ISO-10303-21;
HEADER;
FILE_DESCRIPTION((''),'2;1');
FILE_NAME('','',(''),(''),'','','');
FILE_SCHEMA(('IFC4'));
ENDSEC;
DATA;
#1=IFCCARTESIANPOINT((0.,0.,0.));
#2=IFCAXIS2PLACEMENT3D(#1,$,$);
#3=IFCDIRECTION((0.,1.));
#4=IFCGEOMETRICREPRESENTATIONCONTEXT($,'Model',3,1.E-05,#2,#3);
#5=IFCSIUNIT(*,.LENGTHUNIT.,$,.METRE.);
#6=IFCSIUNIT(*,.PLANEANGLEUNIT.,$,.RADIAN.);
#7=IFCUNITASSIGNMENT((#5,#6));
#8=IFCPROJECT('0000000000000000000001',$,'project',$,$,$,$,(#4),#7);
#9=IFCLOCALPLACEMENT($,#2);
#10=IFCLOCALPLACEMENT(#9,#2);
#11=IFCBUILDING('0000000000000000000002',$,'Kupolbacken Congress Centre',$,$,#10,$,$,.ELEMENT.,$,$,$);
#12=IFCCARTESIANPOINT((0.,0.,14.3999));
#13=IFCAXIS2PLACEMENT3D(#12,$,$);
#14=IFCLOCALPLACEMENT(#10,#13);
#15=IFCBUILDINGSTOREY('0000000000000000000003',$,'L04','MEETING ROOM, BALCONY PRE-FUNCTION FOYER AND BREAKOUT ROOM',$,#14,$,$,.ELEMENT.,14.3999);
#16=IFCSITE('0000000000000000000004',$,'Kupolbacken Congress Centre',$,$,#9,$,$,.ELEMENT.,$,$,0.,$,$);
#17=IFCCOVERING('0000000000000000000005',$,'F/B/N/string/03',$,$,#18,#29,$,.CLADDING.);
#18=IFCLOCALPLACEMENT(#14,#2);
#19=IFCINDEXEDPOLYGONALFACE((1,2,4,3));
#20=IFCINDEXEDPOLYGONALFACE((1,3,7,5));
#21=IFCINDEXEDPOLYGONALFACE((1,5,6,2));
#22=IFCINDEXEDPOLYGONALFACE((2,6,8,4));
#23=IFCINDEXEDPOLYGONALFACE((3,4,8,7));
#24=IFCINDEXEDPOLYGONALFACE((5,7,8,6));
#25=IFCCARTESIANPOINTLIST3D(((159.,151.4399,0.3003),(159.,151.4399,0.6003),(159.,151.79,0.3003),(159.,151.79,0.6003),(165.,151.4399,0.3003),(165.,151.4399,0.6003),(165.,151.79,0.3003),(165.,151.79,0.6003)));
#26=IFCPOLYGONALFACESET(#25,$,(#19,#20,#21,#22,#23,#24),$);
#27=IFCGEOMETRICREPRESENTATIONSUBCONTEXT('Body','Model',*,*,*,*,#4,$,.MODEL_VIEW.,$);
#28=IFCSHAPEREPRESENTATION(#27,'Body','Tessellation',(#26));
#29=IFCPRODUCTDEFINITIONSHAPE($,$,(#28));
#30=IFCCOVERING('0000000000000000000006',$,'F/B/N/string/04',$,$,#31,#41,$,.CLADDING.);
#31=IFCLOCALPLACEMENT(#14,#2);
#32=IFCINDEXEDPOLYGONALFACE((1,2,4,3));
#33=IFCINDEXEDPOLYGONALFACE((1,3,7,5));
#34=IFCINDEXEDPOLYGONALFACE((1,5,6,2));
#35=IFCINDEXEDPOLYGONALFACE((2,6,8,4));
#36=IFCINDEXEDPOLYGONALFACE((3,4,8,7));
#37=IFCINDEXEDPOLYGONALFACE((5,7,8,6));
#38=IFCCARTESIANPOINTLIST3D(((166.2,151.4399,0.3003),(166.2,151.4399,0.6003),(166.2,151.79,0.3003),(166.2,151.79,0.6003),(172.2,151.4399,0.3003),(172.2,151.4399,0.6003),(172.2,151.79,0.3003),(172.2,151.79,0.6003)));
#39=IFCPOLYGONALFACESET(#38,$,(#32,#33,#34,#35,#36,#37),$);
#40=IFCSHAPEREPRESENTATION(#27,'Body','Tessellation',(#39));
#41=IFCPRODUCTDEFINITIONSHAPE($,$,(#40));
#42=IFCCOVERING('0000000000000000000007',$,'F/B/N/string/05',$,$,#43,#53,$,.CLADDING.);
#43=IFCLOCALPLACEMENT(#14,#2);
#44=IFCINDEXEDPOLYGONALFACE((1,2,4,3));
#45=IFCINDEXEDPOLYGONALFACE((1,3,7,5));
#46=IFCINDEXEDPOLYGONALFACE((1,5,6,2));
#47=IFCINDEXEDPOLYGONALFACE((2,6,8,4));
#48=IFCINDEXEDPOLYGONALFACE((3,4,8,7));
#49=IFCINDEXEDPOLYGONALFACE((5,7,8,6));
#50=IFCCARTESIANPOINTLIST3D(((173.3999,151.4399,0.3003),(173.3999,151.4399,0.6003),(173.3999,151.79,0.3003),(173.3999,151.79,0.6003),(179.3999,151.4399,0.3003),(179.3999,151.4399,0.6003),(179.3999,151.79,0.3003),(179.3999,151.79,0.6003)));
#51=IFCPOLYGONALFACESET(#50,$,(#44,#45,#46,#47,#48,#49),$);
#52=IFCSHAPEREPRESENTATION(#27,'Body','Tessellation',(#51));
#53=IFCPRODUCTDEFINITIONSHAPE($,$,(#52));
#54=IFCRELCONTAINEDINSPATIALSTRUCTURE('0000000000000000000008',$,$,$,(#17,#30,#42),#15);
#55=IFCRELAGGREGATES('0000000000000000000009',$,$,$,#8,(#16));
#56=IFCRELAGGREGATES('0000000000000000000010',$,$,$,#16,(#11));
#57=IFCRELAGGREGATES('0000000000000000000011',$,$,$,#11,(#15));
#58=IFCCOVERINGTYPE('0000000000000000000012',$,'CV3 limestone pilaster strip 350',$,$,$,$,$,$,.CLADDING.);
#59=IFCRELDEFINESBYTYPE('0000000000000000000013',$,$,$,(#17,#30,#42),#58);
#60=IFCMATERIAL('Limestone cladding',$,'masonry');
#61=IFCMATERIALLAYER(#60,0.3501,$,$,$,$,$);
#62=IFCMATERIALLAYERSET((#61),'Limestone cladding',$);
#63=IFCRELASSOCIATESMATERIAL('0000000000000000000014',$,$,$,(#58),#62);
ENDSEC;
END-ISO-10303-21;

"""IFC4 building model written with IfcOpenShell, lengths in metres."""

from ifc_helpers import new_model, si_unit, direction, frame, origin, origin_2d, place, context, subcontext, project, spatial, rectangle, extrude, material, layer, layer_set, type_object, element, save


model = new_model("IFC4")

# Units and contexts
model_context = context("Model", 3, precision=1e-05, world=origin(), true_north=direction((0.0, 1.0)))
body_context = subcontext(model_context, "Body", "Model", "MODEL_VIEW")
ifc_project = project(units=[si_unit("LENGTHUNIT", "METRE"), si_unit("PLANEANGLEUNIT", "RADIAN")], contexts=[model_context])

# Site, building, storey
site_placement = place(None, origin())
site = spatial("IfcSite", under=ifc_project, at=site_placement, Name="Kupolbacken Congress Centre", CompositionType="ELEMENT", RefElevation=0.0)
building_placement = place(site_placement, origin())
building = spatial("IfcBuilding", under=site, at=building_placement, Name="Kupolbacken Congress Centre", CompositionType="ELEMENT")
storey_placement = place(building_placement, frame((0.0, 0.0, 14.3999)))
storey = spatial("IfcBuildingStorey", under=building, at=storey_placement, Name="L04", Description="MEETING ROOM, BALCONY PRE-FUNCTION FOYER AND BREAKOUT ROOM", CompositionType="ELEMENT", Elevation=14.3999)

# Coverings
ifc_material_1 = material(Name="Limestone cladding", Category="masonry")
ifc_layer_1 = layer(ifc_material_1, 0.3501)
ifc_layer_set_1 = layer_set([ifc_layer_1], Name="Limestone cladding")
covering_type_1 = type_object("IfcCoveringType", Name="CV3 limestone pilaster strip 350", PredefinedType="CLADDING", material=ifc_layer_set_1)
for number, where, z_axis, x_axis, name in (
    (1, (162.0, 151.615, 0.3003), (0.0, 0.0, 1.0), (1.0, 0.0, 0.0), "F/B/N/string/03"),
    (2, (169.2, 151.615, 0.3003), (0.0, 0.0, 1.0), (1.0, 0.0, 0.0), "F/B/N/string/04"),
    (3, (176.3999, 151.615, 0.3003), (0.0, 0.0, 1.0), (1.0, 0.0, 0.0), "F/B/N/string/05"),
):
    element("IfcCovering", number, at=place(storey_placement, frame(where, z_axis=z_axis, x_axis=x_axis)), inside=storey, type_object=covering_type_1, Name=name, PredefinedType="CLADDING", context=body_context, shape_type="SweptSolid", body=[
        extrude(rectangle(XDim=6.0, YDim=0.3501, at=origin_2d()), origin(), (0.0, 0.0, 1.0), 0.3),
    ])

save(model, "model.ifc")
